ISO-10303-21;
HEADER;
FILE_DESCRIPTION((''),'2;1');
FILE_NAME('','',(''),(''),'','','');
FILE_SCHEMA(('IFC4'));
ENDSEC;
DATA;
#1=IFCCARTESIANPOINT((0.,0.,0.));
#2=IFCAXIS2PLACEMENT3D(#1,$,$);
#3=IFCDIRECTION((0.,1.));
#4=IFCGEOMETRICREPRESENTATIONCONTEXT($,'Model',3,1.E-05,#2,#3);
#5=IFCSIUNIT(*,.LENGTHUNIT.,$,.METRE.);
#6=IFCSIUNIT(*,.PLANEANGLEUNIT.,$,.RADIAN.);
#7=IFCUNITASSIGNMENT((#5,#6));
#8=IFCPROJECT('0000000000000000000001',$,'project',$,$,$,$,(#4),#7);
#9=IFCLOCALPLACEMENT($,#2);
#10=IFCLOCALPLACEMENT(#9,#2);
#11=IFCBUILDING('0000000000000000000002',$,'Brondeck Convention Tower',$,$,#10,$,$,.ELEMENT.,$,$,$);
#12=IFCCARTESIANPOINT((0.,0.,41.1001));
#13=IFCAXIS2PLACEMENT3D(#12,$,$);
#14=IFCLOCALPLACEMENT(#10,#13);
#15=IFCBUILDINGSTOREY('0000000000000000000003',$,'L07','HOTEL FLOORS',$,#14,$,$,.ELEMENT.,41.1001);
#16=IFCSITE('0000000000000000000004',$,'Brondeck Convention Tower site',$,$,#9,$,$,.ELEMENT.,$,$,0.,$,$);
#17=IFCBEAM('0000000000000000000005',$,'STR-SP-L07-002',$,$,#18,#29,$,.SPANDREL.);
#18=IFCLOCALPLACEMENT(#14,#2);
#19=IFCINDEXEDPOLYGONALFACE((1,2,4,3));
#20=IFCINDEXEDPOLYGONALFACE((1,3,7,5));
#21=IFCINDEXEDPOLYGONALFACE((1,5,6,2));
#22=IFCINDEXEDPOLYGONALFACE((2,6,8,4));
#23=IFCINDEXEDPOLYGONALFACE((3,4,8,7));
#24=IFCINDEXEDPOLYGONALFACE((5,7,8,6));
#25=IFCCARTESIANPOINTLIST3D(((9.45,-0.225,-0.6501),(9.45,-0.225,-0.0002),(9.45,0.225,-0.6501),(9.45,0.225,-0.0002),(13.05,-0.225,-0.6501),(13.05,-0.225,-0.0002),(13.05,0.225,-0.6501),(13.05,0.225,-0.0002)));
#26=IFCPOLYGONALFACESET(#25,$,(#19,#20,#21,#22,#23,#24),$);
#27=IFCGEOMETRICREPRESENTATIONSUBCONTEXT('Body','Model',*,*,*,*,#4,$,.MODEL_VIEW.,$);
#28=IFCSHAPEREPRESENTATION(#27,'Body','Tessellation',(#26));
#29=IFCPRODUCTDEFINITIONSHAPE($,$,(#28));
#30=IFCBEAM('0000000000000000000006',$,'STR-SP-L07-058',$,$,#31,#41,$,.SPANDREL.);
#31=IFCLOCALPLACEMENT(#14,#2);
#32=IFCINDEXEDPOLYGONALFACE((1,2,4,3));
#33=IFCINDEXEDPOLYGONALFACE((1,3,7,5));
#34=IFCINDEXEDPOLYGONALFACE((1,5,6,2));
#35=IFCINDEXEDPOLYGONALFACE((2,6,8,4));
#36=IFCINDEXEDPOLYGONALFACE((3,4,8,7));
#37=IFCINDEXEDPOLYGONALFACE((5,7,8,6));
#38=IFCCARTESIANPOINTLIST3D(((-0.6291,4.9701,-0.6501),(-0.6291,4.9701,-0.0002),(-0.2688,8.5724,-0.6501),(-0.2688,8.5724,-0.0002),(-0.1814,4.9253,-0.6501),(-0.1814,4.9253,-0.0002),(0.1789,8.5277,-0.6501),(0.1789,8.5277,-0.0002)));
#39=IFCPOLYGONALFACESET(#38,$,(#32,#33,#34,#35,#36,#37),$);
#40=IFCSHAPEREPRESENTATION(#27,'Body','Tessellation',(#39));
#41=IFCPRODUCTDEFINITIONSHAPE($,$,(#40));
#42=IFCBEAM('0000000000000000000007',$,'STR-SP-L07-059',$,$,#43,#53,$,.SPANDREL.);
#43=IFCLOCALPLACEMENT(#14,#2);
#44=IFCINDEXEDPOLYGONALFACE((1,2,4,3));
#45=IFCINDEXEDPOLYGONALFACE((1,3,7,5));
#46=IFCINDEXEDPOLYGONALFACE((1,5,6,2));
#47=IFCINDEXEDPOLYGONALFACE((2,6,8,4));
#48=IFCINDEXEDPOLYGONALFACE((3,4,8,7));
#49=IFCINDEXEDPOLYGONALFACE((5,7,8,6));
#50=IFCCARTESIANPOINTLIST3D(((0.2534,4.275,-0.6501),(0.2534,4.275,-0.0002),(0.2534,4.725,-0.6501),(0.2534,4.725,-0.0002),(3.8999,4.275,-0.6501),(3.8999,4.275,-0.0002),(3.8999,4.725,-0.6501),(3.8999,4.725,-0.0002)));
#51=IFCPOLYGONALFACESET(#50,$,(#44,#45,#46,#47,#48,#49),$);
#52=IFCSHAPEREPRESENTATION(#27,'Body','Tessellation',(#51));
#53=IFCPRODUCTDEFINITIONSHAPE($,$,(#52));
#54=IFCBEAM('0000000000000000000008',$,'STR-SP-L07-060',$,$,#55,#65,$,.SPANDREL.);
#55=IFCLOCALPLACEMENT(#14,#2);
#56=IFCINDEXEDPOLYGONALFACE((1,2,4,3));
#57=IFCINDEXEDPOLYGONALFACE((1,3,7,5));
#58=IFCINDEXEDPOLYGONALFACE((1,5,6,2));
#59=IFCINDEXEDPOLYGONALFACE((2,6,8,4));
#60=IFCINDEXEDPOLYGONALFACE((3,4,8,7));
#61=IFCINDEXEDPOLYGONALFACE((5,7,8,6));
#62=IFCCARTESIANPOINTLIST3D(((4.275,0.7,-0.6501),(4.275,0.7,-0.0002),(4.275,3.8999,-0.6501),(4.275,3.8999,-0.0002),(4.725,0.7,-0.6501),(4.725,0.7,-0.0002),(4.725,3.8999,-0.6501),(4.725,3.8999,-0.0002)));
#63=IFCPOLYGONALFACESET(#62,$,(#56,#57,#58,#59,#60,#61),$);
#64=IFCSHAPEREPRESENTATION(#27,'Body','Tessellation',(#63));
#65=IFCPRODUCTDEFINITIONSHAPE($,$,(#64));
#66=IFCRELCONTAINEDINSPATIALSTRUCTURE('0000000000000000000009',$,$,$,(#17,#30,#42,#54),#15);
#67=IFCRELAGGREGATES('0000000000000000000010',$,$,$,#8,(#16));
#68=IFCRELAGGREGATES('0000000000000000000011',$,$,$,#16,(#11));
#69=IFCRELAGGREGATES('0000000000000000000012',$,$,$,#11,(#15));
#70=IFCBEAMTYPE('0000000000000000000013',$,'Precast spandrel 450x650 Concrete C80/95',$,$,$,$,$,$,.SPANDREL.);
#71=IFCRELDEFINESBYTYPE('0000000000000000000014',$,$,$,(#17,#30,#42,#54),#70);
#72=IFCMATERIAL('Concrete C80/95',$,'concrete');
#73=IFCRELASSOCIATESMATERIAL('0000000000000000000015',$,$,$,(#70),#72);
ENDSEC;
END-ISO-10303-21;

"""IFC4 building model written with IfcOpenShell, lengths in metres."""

from ifc_helpers import new_model, si_unit, direction, frame, origin, origin_2d, place, context, subcontext, project, spatial, rectangle, extrude, material, material_profile, profile_set, type_object, element, save


model = new_model("IFC4")

# Units and contexts
model_context = context("Model", 3, precision=1e-05, world=origin(), true_north=direction((0.0, 1.0)))
body_context = subcontext(model_context, "Body", "Model", "MODEL_VIEW")
ifc_project = project(units=[si_unit("LENGTHUNIT", "METRE"), si_unit("PLANEANGLEUNIT", "RADIAN")], contexts=[model_context])

# Site, building, storey
site_placement = place(None, origin())
site = spatial("IfcSite", under=ifc_project, at=site_placement, Name="Brondeck Convention Tower site", CompositionType="ELEMENT", RefElevation=0.0)
building_placement = place(site_placement, origin())
building = spatial("IfcBuilding", under=site, at=building_placement, Name="Brondeck Convention Tower", CompositionType="ELEMENT")
storey_placement = place(building_placement, frame((0.0, 0.0, 41.1001)))
storey = spatial("IfcBuildingStorey", under=building, at=storey_placement, Name="L07", Description="HOTEL FLOORS", CompositionType="ELEMENT", Elevation=41.1001)

# Shared definitions
ifc_material_1 = material(Name="Concrete C80/95", Category="concrete")

# Beams
ifc_material_profile_1 = material_profile(ifc_material_1, rectangle(XDim=0.45, YDim=0.6499, at=origin_2d()), Name="Precast spandrel 450x650 Concrete C80/95")
ifc_profile_set_1 = profile_set([ifc_material_profile_1], Name="Concrete C80/95")
beam_type_1 = type_object("IfcBeamType", Name="Precast spandrel 450x650 Concrete C80/95", PredefinedType="SPANDREL", material=ifc_profile_set_1)
for number, where, z_axis, x_axis, name in (
    (1, (9.45, 0.0, -0.3252), (1.0, 0.0, 0.0), (0.0, 1.0, 0.0), "STR-SP-L07-002"),
):
    element("IfcBeam", number, at=place(storey_placement, frame(where, z_axis=z_axis, x_axis=x_axis)), inside=storey, type_object=beam_type_1, Name=name, PredefinedType="SPANDREL", context=body_context, shape_type="SweptSolid", body=[
        extrude(rectangle(XDim=0.45, YDim=0.6499, at=origin_2d()), origin(), (0.0, 0.0, 1.0), 3.6001),
    ])
beam_1_placement = place(storey_placement, frame((-0.0449, 8.55, -0.3252), z_axis=(-0.099537, -0.995034, 0.0), x_axis=(0.995034, -0.099537, 0.0)))
element("IfcBeam", 2, at=beam_1_placement, inside=storey, type_object=beam_type_1, Name="STR-SP-L07-058", PredefinedType="SPANDREL", context=body_context, shape_type="SweptSolid", body=[
    extrude(rectangle(XDim=0.45, YDim=0.6499, at=origin_2d()), origin(), (0.0, 0.0, 1.0), 3.6204),
])
beam_2_placement = place(storey_placement, frame((0.2534, 4.5, -0.3252), z_axis=(1.0, 0.0, 0.0), x_axis=(0.0, 1.0, 0.0)))
element("IfcBeam", 3, at=beam_2_placement, inside=storey, type_object=beam_type_1, Name="STR-SP-L07-059", PredefinedType="SPANDREL", context=body_context, shape_type="SweptSolid", body=[
    extrude(rectangle(XDim=0.45, YDim=0.6499, at=origin_2d()), origin(), (0.0, 0.0, 1.0), 3.6465),
])
beam_3_placement = place(storey_placement, frame((4.5, 3.8999, -0.3252), z_axis=(0.0, -1.0, 0.0), x_axis=(1.0, 0.0, 0.0)))
element("IfcBeam", 4, at=beam_3_placement, inside=storey, type_object=beam_type_1, Name="STR-SP-L07-060", PredefinedType="SPANDREL", context=body_context, shape_type="SweptSolid", body=[
    extrude(rectangle(XDim=0.45, YDim=0.6499, at=origin_2d()), origin(), (0.0, 0.0, 1.0), 3.2),
])

save(model, "model.ifc")
